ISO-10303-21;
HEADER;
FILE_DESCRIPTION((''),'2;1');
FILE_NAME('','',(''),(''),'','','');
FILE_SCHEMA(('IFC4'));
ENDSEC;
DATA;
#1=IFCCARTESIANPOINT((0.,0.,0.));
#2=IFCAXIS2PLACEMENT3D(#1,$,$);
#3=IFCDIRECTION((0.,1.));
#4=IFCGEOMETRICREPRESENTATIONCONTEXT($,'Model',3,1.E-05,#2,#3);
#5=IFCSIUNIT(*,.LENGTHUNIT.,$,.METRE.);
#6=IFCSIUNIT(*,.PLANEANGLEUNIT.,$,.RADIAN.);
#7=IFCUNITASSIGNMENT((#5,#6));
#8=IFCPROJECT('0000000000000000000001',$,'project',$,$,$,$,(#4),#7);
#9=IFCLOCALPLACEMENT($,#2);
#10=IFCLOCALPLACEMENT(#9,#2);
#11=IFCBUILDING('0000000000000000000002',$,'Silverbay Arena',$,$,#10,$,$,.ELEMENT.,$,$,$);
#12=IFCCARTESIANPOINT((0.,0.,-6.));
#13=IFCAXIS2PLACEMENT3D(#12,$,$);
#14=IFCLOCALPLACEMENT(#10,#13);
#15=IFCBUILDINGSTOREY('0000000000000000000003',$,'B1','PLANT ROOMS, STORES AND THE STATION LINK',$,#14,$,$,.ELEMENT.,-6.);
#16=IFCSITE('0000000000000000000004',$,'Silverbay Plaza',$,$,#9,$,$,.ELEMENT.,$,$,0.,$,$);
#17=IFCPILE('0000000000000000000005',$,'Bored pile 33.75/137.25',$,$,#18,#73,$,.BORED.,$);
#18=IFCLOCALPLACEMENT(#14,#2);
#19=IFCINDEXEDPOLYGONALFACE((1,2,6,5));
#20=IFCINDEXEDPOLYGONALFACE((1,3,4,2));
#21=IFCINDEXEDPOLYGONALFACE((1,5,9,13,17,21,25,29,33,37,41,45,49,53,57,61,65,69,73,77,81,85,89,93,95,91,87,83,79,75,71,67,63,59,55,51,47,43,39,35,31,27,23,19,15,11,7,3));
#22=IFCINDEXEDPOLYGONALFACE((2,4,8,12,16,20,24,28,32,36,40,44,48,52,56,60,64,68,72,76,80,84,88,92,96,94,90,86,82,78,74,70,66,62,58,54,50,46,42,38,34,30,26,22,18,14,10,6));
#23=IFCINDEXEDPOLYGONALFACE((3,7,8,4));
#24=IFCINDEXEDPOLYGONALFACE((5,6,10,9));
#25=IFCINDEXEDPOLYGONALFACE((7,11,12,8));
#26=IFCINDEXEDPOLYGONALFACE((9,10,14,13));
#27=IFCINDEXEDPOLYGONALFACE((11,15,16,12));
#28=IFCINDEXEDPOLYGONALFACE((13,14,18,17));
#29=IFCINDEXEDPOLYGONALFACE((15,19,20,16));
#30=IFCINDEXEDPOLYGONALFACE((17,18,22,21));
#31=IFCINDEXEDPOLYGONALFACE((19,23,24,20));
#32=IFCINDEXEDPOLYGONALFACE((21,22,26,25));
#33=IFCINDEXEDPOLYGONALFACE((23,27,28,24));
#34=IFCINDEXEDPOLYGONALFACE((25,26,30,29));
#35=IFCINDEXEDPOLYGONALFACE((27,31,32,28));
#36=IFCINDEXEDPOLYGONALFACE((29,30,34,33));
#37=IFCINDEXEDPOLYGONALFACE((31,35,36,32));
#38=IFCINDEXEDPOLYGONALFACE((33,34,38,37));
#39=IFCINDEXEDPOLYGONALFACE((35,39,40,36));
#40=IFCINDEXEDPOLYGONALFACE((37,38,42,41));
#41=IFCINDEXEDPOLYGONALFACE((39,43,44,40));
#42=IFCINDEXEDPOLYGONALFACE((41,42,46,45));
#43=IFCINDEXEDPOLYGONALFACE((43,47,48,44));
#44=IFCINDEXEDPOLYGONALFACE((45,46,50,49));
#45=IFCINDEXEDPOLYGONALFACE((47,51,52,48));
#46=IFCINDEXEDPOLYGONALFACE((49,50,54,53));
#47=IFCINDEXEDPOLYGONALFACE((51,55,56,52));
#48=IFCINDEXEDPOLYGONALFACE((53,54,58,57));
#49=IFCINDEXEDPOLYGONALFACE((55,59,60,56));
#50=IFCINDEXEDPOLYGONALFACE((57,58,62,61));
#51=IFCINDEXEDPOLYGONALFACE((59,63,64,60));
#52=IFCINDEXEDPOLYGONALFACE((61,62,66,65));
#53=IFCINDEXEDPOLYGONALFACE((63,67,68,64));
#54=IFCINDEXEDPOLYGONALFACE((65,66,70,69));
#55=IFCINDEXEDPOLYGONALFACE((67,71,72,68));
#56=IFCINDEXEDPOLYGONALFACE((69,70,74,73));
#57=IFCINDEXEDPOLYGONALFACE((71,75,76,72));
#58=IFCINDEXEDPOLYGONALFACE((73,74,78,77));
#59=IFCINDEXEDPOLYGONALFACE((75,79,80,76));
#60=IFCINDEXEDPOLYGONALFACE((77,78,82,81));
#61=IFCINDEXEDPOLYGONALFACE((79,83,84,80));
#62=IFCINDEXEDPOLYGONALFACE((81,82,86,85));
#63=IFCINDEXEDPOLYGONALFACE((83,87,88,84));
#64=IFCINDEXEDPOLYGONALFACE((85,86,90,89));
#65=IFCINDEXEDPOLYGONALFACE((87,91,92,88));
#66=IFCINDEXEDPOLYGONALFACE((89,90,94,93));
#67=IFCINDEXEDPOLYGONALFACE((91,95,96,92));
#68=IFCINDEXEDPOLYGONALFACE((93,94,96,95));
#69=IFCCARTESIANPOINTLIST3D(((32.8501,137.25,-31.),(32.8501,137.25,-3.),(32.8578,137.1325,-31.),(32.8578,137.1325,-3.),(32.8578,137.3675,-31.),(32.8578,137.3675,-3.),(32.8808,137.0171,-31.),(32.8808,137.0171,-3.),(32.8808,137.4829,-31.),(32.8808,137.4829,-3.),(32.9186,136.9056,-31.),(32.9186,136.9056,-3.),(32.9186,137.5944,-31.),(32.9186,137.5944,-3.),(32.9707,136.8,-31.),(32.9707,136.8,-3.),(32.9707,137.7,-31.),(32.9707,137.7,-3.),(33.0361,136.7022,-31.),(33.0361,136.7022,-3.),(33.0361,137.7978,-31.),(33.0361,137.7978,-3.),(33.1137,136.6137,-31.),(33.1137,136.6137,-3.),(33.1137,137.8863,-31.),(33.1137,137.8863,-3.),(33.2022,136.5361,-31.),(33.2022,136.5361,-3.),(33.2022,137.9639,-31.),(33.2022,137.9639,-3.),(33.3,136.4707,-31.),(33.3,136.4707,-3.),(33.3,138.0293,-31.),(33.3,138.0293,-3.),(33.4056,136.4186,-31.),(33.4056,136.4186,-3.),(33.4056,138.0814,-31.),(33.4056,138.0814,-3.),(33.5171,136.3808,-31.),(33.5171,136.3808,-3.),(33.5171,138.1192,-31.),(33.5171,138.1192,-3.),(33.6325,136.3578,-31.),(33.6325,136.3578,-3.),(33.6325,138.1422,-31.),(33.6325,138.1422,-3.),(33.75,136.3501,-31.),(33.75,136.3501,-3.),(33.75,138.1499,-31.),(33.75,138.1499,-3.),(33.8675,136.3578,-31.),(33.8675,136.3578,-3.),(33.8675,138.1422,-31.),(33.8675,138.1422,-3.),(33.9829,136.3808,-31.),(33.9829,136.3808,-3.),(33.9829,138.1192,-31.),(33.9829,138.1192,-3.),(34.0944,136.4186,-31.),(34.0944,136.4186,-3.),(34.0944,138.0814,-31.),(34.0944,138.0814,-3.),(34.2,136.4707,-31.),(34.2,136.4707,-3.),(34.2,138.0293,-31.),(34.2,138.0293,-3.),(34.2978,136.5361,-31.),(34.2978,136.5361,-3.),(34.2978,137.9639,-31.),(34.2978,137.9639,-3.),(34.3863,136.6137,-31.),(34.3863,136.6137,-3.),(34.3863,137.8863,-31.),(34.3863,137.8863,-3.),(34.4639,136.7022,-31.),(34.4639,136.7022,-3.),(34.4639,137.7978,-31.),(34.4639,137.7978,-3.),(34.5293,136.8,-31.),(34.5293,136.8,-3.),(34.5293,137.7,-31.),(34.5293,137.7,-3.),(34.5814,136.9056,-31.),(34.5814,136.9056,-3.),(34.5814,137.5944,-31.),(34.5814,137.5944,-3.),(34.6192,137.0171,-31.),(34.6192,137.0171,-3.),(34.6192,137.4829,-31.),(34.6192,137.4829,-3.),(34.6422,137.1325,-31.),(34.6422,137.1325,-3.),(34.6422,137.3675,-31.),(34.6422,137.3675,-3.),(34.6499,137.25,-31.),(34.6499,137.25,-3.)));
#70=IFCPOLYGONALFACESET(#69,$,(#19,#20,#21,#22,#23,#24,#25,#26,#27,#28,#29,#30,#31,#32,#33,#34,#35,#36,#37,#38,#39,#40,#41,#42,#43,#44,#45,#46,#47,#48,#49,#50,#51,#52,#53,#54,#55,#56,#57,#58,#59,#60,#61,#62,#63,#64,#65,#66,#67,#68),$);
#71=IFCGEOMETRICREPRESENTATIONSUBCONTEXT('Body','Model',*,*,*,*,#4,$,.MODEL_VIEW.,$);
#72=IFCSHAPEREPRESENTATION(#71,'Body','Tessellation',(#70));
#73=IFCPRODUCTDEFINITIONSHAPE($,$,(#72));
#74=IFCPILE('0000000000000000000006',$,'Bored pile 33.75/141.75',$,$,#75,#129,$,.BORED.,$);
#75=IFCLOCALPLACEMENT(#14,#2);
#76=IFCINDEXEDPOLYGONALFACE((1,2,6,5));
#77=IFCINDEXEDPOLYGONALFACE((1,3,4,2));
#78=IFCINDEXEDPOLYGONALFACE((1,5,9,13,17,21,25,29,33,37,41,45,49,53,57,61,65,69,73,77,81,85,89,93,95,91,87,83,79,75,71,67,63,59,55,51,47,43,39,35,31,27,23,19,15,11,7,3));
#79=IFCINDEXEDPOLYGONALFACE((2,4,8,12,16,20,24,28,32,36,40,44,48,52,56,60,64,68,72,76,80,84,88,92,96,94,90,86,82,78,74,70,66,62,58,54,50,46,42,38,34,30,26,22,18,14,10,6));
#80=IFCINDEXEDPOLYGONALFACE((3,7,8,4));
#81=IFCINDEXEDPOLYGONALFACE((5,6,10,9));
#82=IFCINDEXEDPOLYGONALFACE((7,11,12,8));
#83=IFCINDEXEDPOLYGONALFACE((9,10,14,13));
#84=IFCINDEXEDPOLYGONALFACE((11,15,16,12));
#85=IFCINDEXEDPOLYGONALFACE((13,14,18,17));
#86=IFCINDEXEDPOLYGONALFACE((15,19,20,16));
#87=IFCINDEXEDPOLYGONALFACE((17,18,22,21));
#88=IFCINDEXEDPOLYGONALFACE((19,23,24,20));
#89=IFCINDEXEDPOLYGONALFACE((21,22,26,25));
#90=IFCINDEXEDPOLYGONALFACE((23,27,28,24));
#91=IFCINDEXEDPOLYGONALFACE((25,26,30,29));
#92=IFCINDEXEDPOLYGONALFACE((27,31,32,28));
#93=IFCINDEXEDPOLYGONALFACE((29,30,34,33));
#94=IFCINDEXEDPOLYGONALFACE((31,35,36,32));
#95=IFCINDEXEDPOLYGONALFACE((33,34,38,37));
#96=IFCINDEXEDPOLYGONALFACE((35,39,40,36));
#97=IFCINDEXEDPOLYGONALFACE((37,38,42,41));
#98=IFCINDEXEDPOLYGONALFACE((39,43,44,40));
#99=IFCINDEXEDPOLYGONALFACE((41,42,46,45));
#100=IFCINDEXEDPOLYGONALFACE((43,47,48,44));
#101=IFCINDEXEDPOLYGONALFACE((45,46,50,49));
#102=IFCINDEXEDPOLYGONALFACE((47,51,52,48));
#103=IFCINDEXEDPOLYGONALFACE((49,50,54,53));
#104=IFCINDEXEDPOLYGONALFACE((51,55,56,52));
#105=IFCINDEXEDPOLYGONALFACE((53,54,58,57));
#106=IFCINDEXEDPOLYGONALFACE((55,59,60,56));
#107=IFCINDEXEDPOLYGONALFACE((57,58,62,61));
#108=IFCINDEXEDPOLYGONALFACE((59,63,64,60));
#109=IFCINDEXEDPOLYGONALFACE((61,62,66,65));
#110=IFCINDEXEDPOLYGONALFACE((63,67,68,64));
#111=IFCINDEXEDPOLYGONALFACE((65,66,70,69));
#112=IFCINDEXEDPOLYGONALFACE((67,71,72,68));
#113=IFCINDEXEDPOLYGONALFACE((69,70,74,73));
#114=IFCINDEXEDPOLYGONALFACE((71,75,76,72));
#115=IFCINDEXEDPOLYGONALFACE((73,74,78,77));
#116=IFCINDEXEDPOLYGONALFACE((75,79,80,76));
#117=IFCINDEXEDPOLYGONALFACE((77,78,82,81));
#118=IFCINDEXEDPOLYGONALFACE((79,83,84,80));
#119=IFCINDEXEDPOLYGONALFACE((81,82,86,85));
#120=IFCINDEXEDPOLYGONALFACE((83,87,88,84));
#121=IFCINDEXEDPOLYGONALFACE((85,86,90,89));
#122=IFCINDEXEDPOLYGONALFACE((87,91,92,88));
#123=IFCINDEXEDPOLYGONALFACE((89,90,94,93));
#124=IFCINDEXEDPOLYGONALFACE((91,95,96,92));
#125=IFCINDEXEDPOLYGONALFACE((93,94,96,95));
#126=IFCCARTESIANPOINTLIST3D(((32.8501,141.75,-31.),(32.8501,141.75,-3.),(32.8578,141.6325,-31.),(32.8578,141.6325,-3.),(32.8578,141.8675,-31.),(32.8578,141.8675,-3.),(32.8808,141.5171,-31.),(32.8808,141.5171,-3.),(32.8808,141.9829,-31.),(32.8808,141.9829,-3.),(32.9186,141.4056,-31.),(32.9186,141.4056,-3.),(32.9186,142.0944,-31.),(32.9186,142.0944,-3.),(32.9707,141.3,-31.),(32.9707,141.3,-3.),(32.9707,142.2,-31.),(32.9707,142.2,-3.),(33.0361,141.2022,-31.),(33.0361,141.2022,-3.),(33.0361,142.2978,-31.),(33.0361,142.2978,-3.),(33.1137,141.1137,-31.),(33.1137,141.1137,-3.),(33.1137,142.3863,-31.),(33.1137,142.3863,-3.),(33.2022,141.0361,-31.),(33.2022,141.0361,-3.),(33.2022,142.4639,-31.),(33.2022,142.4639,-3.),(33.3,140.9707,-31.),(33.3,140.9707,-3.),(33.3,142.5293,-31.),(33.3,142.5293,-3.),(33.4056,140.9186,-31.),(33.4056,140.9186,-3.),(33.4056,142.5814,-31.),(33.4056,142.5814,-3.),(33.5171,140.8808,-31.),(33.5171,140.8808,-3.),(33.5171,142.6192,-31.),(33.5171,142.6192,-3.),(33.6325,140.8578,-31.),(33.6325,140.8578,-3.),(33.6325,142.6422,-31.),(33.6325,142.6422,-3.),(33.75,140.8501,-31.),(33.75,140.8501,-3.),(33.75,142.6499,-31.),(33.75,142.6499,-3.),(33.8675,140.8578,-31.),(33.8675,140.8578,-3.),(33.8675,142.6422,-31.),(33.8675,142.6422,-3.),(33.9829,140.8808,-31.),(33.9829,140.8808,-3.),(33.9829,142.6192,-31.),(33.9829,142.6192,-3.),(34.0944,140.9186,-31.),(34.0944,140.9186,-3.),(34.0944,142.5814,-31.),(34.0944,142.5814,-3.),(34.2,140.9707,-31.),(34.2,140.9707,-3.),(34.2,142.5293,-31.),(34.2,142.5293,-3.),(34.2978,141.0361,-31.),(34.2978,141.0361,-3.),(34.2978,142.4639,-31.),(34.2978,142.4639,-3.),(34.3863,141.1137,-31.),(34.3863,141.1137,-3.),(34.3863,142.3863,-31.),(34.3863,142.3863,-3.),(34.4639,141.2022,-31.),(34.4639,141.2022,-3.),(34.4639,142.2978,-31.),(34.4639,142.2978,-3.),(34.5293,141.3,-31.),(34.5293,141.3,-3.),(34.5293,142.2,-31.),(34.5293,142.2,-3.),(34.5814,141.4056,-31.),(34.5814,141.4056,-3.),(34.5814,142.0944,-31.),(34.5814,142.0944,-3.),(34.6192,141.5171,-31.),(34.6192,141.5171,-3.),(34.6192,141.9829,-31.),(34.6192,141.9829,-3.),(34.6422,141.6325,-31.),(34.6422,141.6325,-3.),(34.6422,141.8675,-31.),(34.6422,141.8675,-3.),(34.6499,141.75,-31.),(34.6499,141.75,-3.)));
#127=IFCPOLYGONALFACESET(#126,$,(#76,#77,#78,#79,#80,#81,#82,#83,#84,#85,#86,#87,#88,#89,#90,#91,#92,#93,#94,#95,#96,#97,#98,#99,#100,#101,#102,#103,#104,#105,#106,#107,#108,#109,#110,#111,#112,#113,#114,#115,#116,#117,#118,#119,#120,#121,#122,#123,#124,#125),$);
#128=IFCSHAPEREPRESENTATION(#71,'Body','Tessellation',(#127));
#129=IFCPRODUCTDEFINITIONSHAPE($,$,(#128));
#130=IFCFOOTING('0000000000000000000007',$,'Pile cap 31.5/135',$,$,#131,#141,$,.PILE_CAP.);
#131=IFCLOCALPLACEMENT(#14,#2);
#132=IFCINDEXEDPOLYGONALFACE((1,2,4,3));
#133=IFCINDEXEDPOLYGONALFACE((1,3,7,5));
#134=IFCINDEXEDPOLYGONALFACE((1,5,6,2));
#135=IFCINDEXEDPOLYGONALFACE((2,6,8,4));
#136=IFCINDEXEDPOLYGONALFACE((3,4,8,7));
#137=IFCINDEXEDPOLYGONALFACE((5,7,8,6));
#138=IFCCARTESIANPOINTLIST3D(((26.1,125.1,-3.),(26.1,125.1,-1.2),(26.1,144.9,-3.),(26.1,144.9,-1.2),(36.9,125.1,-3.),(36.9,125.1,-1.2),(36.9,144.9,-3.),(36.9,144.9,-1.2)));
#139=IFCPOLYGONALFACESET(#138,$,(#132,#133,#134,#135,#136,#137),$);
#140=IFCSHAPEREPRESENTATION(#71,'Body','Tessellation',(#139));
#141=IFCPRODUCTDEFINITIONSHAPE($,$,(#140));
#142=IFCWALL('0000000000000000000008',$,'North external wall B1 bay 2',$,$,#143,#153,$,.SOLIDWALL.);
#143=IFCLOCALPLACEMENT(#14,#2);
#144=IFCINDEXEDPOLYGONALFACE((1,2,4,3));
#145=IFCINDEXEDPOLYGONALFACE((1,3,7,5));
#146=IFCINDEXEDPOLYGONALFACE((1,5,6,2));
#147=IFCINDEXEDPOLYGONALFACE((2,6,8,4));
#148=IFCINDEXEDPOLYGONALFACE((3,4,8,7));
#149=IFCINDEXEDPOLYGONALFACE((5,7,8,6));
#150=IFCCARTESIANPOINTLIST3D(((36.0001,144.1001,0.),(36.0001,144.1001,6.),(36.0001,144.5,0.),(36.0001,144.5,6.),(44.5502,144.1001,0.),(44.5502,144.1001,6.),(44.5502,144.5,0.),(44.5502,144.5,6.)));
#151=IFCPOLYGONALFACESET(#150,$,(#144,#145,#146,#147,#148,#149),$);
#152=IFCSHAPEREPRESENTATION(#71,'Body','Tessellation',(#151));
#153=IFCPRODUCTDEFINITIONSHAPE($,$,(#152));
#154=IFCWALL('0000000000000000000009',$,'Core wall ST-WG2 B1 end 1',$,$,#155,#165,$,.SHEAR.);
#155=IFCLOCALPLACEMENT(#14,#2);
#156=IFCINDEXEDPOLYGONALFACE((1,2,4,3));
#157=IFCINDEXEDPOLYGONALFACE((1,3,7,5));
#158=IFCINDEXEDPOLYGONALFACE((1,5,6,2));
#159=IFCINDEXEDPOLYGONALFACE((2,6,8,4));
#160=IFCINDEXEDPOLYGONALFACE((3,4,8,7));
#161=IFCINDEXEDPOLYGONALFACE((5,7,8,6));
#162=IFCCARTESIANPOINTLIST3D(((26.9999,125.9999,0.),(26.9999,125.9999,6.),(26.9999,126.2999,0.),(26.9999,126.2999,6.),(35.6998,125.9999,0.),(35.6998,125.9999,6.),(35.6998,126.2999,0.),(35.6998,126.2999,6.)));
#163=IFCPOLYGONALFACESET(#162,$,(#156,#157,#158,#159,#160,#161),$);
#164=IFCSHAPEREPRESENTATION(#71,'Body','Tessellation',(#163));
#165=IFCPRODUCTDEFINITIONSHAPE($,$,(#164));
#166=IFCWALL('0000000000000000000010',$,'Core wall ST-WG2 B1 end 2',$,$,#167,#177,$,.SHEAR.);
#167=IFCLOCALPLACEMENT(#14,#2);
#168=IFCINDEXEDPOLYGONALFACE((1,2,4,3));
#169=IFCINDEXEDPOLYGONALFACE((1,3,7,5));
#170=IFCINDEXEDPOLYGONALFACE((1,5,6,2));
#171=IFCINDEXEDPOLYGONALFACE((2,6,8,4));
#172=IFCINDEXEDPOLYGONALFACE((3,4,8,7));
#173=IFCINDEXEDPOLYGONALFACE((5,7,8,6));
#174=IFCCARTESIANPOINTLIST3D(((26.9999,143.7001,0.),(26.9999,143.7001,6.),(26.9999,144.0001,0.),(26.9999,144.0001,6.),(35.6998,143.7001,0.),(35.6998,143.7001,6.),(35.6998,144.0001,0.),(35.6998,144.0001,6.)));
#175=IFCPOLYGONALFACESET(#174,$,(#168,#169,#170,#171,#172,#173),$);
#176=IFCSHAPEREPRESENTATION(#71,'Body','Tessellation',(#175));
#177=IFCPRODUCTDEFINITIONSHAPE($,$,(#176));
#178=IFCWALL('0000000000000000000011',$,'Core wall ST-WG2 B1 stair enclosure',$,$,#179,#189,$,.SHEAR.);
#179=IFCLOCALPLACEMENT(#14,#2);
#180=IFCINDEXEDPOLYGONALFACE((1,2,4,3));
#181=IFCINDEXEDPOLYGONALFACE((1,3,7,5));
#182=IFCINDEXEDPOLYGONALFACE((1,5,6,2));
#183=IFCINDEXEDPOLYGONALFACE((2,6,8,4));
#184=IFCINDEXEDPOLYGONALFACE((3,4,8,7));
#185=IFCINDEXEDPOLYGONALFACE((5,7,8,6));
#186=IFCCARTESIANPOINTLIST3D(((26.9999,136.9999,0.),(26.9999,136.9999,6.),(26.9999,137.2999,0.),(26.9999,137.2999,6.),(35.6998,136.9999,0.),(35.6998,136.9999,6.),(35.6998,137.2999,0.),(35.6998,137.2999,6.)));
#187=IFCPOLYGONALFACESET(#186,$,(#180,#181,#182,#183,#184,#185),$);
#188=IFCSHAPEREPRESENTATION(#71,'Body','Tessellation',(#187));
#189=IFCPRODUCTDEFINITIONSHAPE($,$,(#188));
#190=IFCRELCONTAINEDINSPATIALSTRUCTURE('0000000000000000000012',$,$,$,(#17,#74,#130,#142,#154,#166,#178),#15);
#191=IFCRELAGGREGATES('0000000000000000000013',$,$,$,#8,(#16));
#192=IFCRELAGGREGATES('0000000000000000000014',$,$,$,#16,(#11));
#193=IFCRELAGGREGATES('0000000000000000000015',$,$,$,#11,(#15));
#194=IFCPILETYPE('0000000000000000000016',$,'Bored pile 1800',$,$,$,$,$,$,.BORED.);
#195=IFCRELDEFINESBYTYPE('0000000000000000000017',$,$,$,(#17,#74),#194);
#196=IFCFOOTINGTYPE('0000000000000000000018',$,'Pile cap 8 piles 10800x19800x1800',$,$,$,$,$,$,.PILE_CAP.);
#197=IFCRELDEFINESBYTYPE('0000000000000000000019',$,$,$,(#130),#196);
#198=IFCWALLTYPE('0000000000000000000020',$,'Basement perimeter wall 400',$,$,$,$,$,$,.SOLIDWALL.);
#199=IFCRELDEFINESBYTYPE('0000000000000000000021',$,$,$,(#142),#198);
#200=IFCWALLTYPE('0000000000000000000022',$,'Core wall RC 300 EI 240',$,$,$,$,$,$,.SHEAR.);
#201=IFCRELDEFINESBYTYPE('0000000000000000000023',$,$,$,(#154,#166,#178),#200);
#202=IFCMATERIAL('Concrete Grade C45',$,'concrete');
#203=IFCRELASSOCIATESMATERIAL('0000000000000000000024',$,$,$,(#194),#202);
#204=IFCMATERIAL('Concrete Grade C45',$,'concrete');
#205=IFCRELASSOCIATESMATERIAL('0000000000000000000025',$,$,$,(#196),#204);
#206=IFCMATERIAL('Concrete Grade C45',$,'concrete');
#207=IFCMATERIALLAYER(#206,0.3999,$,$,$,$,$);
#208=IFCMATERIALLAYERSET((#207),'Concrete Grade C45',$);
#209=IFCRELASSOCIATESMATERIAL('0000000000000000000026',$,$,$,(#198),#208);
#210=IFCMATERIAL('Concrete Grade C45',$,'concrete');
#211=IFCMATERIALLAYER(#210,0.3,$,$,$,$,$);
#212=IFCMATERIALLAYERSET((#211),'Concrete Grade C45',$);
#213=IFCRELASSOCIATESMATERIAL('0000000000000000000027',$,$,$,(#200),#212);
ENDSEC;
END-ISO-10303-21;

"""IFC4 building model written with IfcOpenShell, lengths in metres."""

from ifc_helpers import new_model, si_unit, direction, frame, frame_2d, origin, origin_2d, place, context, subcontext, project, spatial, rectangle, circle, extrude, material, layer, layer_set, material_profile, profile_set, type_object, element, save


model = new_model("IFC4")

# Units and contexts
model_context = context("Model", 3, precision=1e-05, world=origin(), true_north=direction((0.0, 1.0)))
body_context = subcontext(model_context, "Body", "Model", "MODEL_VIEW")
ifc_project = project(units=[si_unit("LENGTHUNIT", "METRE"), si_unit("PLANEANGLEUNIT", "RADIAN")], contexts=[model_context])

# Site, building, storey
site_placement = place(None, origin())
site = spatial("IfcSite", under=ifc_project, at=site_placement, Name="Silverbay Plaza", CompositionType="ELEMENT", RefElevation=0.0)
building_placement = place(site_placement, origin())
building = spatial("IfcBuilding", under=site, at=building_placement, Name="Silverbay Arena", CompositionType="ELEMENT")
storey_placement = place(building_placement, frame((0.0, 0.0, -6.0)))
storey = spatial("IfcBuildingStorey", under=building, at=storey_placement, Name="B1", Description="PLANT ROOMS, STORES AND THE STATION LINK", CompositionType="ELEMENT", Elevation=-6.0)

# Piles
ifc_material_1 = material(Name="Concrete Grade C45", Category="concrete")
ifc_material_profile = material_profile(ifc_material_1, circle(Radius=0.8999, at=origin_2d()), Name="Bored pile 1800")
ifc_profile_set = profile_set([ifc_material_profile], Name="Concrete Grade C45")
pile_type = type_object("IfcPileType", Name="Bored pile 1800", PredefinedType="BORED", material=ifc_profile_set)
for number, where, z_axis, x_axis, name in (
    (1, (33.75, 137.25, -3.0), (0.0, 0.0, -1.0), (1.0, 0.0, 0.0), "Bored pile 33.75/137.25"),
    (2, (33.75, 141.75, -3.0), (0.0, 0.0, -1.0), (1.0, 0.0, 0.0), "Bored pile 33.75/141.75"),
):
    element("IfcPile", number, at=place(storey_placement, frame(where, z_axis=z_axis, x_axis=x_axis)), inside=storey, type_object=pile_type, Name=name, PredefinedType="BORED", context=body_context, shape_type="SweptSolid", body=[
        extrude(circle(Radius=0.8999, at=origin_2d()), origin(), (0.0, 0.0, 1.0), 28.0),
    ])

# Footing
ifc_material_2 = material(Name="Concrete Grade C45", Category="concrete")
footing_type = type_object("IfcFootingType", Name="Pile cap 8 piles 10800x19800x1800", PredefinedType="PILE_CAP", material=ifc_material_2)
footing_placement = place(storey_placement, frame((31.5, 135.0, -3.0), z_axis=(0.0, 0.0, 1.0), x_axis=(1.0, 0.0, 0.0)))
element("IfcFooting", 3, at=footing_placement, inside=storey, type_object=footing_type, Name="Pile cap 31.5/135", PredefinedType="PILE_CAP", context=body_context, shape_type="SweptSolid", body=[
    extrude(rectangle(XDim=10.8, YDim=19.8, at=origin_2d()), origin(), (0.0, 0.0, 1.0), 1.8),
])

# Walls
ifc_material_3 = material(Name="Concrete Grade C45", Category="concrete")
ifc_layer_1 = layer(ifc_material_3, 0.3999)
ifc_layer_set_1 = layer_set([ifc_layer_1], Name="Concrete Grade C45")
wall_type_1 = type_object("IfcWallType", Name="Basement perimeter wall 400", PredefinedType="SOLIDWALL", material=ifc_layer_set_1)
wall_placement = place(storey_placement, frame((44.55, 144.3, 0.0), z_axis=(0.0, 0.0, 1.0), x_axis=(-1.0, 0.0, 0.0)))
element("IfcWall", 4, at=wall_placement, inside=storey, type_object=wall_type_1, Name="North external wall B1 bay 2", PredefinedType="SOLIDWALL", context=body_context, shape_type="SweptSolid", body=[
    extrude(rectangle(XDim=8.55, YDim=0.3999, at=frame_2d((4.2749, 0.0))), origin(), (0.0, 0.0, 1.0), 6.0),
])
ifc_material_4 = material(Name="Concrete Grade C45", Category="concrete")
ifc_layer_2 = layer(ifc_material_4, 0.3)
ifc_layer_set_2 = layer_set([ifc_layer_2], Name="Concrete Grade C45")
wall_type_2 = type_object("IfcWallType", Name="Core wall RC 300 EI 240", PredefinedType="SHEAR", material=ifc_layer_set_2)
for number, where, z_axis, x_axis, name in (
    (5, (35.7, 126.1499, 0.0), (0.0, 0.0, 1.0), (-1.0, 0.0, 0.0), "Core wall ST-WG2 B1 end 1"),
    (6, (35.7, 143.8501, 0.0), (0.0, 0.0, 1.0), (-1.0, 0.0, 0.0), "Core wall ST-WG2 B1 end 2"),
    (7, (35.7, 137.1499, 0.0), (0.0, 0.0, 1.0), (-1.0, 0.0, 0.0), "Core wall ST-WG2 B1 stair enclosure"),
):
    element("IfcWall", number, at=place(storey_placement, frame(where, z_axis=z_axis, x_axis=x_axis)), inside=storey, type_object=wall_type_2, Name=name, PredefinedType="SHEAR", context=body_context, shape_type="SweptSolid", body=[
        extrude(rectangle(XDim=8.7, YDim=0.3, at=frame_2d((4.3501, 0.0))), origin(), (0.0, 0.0, 1.0), 6.0),
    ])

save(model, "model.ifc")
